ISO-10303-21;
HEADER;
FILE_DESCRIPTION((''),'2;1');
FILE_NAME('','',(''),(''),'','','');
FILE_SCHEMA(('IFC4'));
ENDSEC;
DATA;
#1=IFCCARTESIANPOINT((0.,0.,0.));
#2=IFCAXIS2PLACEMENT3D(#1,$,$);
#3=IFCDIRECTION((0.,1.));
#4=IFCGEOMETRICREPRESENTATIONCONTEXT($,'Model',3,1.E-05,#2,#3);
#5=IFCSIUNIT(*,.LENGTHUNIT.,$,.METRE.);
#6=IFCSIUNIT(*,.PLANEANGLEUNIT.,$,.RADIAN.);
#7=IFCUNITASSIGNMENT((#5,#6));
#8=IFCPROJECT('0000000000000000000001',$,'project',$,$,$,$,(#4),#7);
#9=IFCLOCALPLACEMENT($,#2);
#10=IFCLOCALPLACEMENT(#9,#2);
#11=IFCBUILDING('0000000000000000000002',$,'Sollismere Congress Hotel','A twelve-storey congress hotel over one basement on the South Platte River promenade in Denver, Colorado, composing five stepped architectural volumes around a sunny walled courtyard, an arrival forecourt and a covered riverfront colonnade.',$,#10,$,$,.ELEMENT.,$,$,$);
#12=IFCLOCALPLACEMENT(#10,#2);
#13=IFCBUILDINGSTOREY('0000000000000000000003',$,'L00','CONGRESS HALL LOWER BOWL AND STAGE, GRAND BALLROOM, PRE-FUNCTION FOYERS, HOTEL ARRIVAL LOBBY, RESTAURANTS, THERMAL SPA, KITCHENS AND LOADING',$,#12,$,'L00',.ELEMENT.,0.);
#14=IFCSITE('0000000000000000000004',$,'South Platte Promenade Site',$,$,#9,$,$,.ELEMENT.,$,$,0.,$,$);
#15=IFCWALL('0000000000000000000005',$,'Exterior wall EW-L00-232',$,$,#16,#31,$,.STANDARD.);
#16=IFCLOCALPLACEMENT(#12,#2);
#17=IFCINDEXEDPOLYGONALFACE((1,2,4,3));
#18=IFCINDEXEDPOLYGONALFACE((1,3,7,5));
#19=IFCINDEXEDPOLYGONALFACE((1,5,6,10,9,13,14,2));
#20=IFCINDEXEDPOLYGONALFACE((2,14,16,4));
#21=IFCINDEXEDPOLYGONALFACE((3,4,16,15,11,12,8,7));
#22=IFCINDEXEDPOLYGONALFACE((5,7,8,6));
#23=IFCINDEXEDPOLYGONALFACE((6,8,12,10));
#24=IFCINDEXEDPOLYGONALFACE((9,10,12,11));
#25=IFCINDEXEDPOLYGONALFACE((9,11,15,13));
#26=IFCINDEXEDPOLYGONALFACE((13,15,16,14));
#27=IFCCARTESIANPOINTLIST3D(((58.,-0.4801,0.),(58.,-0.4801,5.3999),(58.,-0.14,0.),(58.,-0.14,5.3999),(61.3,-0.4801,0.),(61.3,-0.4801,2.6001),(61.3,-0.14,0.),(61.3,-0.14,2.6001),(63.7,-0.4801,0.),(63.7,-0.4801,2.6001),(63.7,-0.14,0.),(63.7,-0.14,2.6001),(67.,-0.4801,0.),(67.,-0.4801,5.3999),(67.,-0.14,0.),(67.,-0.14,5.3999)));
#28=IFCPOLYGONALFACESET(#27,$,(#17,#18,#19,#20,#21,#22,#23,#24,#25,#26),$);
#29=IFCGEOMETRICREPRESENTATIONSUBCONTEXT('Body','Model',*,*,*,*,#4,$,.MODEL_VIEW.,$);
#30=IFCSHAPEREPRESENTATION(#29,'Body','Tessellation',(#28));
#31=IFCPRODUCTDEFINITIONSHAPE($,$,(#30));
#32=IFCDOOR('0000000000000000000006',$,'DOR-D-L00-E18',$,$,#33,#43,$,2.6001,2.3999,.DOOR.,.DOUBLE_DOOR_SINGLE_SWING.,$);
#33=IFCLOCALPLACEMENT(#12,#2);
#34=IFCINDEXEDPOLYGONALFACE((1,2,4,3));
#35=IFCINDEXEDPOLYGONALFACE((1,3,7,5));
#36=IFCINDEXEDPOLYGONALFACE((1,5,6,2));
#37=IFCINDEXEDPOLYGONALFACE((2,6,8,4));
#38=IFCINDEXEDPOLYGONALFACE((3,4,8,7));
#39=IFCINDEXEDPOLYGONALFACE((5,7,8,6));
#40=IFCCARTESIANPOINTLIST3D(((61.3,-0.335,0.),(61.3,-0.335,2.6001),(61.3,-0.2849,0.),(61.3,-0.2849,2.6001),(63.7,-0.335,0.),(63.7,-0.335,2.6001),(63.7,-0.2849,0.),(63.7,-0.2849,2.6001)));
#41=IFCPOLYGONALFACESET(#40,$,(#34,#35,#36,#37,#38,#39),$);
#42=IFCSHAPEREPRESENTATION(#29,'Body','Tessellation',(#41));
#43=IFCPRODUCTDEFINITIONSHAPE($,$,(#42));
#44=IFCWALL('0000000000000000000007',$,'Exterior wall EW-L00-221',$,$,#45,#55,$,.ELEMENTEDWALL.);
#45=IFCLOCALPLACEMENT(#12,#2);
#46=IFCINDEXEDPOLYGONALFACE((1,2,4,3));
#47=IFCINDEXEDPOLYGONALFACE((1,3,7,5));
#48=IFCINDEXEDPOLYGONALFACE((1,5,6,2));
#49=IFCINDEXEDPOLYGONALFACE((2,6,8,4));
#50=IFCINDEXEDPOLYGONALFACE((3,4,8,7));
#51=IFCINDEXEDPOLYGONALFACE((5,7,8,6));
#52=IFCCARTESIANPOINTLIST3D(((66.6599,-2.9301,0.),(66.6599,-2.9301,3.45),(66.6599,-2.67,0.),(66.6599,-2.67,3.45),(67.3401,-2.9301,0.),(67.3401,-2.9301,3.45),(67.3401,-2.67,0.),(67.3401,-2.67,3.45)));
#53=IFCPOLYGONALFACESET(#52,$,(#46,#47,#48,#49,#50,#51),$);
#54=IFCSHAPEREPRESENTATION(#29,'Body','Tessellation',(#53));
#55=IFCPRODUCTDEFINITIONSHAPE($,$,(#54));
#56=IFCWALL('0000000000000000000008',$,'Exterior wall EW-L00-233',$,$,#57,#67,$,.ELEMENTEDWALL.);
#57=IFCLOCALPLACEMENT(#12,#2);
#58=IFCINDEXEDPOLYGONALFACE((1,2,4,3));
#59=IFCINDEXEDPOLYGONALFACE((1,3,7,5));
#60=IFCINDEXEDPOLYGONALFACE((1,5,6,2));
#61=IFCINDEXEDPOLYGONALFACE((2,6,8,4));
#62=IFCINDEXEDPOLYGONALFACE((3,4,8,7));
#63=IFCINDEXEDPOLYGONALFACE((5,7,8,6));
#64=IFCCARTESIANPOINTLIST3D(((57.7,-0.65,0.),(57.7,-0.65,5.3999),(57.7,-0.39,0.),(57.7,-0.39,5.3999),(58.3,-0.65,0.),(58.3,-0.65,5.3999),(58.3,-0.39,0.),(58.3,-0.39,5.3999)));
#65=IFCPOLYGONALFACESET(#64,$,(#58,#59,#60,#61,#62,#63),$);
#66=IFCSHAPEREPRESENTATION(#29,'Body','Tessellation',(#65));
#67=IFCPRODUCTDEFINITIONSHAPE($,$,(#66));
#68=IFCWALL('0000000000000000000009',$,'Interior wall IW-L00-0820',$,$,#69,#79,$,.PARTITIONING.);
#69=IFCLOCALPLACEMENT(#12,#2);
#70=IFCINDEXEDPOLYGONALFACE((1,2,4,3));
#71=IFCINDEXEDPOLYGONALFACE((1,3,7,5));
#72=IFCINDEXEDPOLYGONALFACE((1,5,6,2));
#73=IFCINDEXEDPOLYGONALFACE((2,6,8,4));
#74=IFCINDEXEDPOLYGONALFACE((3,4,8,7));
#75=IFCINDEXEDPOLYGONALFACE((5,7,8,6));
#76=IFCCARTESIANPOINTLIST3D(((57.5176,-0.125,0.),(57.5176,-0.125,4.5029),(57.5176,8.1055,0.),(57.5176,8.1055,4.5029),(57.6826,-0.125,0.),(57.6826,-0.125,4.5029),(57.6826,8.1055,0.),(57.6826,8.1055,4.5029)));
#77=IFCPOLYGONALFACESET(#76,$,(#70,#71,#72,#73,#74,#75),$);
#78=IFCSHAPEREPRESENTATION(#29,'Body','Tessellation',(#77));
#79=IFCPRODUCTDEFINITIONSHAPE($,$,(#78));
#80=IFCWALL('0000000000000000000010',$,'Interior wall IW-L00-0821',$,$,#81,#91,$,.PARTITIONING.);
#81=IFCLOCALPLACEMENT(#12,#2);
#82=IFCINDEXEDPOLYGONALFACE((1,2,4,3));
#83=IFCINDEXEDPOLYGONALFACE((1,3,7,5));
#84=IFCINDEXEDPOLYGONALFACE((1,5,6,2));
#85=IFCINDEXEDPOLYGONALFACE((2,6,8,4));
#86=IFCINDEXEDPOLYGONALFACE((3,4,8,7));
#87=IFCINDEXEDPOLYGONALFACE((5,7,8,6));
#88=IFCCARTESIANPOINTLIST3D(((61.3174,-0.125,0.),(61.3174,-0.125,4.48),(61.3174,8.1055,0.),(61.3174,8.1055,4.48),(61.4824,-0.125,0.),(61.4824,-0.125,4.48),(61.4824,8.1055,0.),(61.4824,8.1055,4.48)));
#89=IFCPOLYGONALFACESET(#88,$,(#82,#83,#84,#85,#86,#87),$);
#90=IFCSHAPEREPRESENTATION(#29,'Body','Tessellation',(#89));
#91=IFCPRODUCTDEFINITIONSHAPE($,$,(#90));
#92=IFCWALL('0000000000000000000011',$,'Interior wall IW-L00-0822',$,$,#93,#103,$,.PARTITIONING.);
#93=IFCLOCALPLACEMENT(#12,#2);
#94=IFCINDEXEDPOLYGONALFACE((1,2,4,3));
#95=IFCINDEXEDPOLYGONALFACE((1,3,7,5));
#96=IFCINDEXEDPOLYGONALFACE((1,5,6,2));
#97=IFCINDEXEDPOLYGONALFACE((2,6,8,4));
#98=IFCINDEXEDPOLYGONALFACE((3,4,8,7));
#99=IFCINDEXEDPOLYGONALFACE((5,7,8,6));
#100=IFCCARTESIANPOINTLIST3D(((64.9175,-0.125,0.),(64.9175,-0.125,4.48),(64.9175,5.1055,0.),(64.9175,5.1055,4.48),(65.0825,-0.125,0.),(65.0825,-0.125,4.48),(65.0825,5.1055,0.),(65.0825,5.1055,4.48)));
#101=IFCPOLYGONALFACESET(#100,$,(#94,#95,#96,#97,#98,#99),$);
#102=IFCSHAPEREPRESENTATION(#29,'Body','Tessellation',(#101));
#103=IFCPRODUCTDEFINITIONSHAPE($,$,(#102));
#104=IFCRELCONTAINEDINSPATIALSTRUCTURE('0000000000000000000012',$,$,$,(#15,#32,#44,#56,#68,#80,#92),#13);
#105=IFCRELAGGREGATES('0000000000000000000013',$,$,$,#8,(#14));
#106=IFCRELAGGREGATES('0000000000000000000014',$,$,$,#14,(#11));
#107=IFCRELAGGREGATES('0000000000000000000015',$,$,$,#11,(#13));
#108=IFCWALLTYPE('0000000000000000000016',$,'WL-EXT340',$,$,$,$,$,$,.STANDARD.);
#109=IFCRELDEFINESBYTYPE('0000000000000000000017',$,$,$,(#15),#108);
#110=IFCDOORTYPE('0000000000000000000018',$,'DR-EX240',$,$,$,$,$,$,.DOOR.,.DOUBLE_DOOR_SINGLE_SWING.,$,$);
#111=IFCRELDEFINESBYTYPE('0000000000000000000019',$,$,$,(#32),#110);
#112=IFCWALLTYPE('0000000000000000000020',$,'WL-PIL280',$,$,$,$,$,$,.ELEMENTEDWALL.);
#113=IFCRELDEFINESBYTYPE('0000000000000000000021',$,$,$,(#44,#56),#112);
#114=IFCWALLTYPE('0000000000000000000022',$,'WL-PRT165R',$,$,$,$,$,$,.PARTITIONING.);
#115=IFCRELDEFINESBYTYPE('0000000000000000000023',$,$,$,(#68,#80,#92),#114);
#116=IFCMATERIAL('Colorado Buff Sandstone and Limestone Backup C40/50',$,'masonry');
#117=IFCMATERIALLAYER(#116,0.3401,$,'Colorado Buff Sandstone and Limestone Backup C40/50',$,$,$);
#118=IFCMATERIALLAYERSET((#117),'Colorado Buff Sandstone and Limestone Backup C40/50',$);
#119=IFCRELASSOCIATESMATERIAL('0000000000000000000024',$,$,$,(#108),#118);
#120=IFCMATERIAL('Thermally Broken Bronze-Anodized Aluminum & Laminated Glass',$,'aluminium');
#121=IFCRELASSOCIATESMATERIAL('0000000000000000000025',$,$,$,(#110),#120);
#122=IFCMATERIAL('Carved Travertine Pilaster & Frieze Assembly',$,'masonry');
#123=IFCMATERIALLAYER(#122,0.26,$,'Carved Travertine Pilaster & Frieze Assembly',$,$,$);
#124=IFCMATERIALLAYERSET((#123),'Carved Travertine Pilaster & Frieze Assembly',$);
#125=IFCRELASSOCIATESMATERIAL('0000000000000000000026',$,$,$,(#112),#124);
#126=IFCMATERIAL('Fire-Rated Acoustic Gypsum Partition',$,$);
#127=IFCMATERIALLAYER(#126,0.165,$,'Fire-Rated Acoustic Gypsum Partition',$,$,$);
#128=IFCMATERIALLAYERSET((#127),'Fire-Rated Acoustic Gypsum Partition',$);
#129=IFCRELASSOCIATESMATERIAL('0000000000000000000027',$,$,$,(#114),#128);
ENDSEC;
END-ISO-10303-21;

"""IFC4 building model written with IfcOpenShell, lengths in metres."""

from ifc_helpers import new_model, si_unit, direction, frame, frame_2d, origin, place, context, subcontext, project, spatial, rectangle, extrude, material, layer, layer_set, type_object, element, fill, save


model = new_model("IFC4")

# Units and contexts
model_context = context("Model", 3, precision=1e-05, world=origin(), true_north=direction((0.0, 1.0)))
body_context = subcontext(model_context, "Body", "Model", "MODEL_VIEW")
ifc_project = project(units=[si_unit("LENGTHUNIT", "METRE"), si_unit("PLANEANGLEUNIT", "RADIAN")], contexts=[model_context])

# Site, building, storey
site_placement = place(None, origin())
site = spatial("IfcSite", under=ifc_project, at=site_placement, Name="South Platte Promenade Site", CompositionType="ELEMENT", RefElevation=0.0)
building_placement = place(site_placement, origin())
building = spatial("IfcBuilding", under=site, at=building_placement, Name="Sollismere Congress Hotel", Description="A twelve-storey congress hotel over one basement on the South Platte River promenade in Denver, Colorado, composing five stepped architectural volumes around a sunny walled courtyard, an arrival forecourt and a covered riverfront colonnade.", CompositionType="ELEMENT")
storey_placement = place(building_placement, origin())
storey = spatial("IfcBuildingStorey", under=building, at=storey_placement, Name="L00", Description="CONGRESS HALL LOWER BOWL AND STAGE, GRAND BALLROOM, PRE-FUNCTION FOYERS, HOTEL ARRIVAL LOBBY, RESTAURANTS, THERMAL SPA, KITCHENS AND LOADING", LongName="L00", CompositionType="ELEMENT", Elevation=0.0)

# Wall, opening, door
ifc_material_1 = material(Name="Colorado Buff Sandstone and Limestone Backup C40/50", Category="masonry")
ifc_layer_1 = layer(ifc_material_1, 0.3401, Name="Colorado Buff Sandstone and Limestone Backup C40/50")
ifc_layer_set_1 = layer_set([ifc_layer_1], Name="Colorado Buff Sandstone and Limestone Backup C40/50")
wall_type_1 = type_object("IfcWallType", Name="WL-EXT340", PredefinedType="STANDARD", material=ifc_layer_set_1)
wall_1_placement = place(storey_placement, frame((58.0, -0.3101, 0.0), z_axis=(0.0, 0.0, 1.0), x_axis=(1.0, 0.0, 0.0)))
wall_1 = element("IfcWall", 1, at=wall_1_placement, inside=storey, type_object=wall_type_1, Name="Exterior wall EW-L00-232", PredefinedType="STANDARD", context=body_context, shape_type="SweptSolid", body=[
    extrude(rectangle(XDim=9.0, YDim=0.3401, at=frame_2d((4.5, 0.0))), origin(), (0.0, 0.0, 1.0), 5.3999),
])
opening_placement = place(wall_1_placement, frame((3.3, 0.0, 0.0)))
opening = element("IfcOpeningElement", 2, at=opening_placement, cuts=wall_1, PredefinedType="OPENING", context=body_context, shape_type="SweptSolid", body=[
    extrude(rectangle(XDim=2.3999, YDim=2.6001, at=frame_2d((1.2, 1.3))), frame((0.0, 0.1799, 0.0), z_axis=(0.0, -1.0, 0.0), x_axis=(1.0, 0.0, 0.0)), (0.0, 0.0, 1.0), 0.3601),
])
ifc_material_2 = material(Name="Thermally Broken Bronze-Anodized Aluminum & Laminated Glass", Category="aluminium")
door_type = type_object("IfcDoorType", Name="DR-EX240", OperationType="DOUBLE_DOOR_SINGLE_SWING", PredefinedType="DOOR", material=ifc_material_2)
door_placement = place(opening_placement, frame((2.3999, 0.0, 0.0), z_axis=(0.0, 0.0, 1.0), x_axis=(-1.0, 0.0, 0.0)))
door = element("IfcDoor", 3, at=door_placement, inside=storey, type_object=door_type, Name="DOR-D-L00-E18", OperationType="DOUBLE_DOOR_SINGLE_SWING", OverallHeight=2.6001, OverallWidth=2.3999, PredefinedType="DOOR", context=body_context, shape_type="SweptSolid", body=[
    extrude(rectangle(XDim=2.3999, YDim=2.6001, at=frame_2d((1.2, 1.3))), frame((0.0, 0.0249, 0.0), z_axis=(0.0, -1.0, 0.0), x_axis=(1.0, 0.0, 0.0)), (0.0, 0.0, 1.0), 0.05),
])
fill(opening, door)

# Walls
ifc_material_3 = material(Name="Carved Travertine Pilaster & Frieze Assembly", Category="masonry")
ifc_layer_2 = layer(ifc_material_3, 0.26, Name="Carved Travertine Pilaster & Frieze Assembly")
ifc_layer_set_2 = layer_set([ifc_layer_2], Name="Carved Travertine Pilaster & Frieze Assembly")
wall_type_2 = type_object("IfcWallType", Name="WL-PIL280", PredefinedType="ELEMENTEDWALL", material=ifc_layer_set_2)
wall_2_placement = place(storey_placement, frame((66.6599, -2.8, 0.0), z_axis=(0.0, 0.0, 1.0), x_axis=(1.0, 0.0, 0.0)))
element("IfcWall", 4, at=wall_2_placement, inside=storey, type_object=wall_type_2, Name="Exterior wall EW-L00-221", PredefinedType="ELEMENTEDWALL", context=body_context, shape_type="SweptSolid", body=[
    extrude(rectangle(XDim=0.6802, YDim=0.26, at=frame_2d((0.3401, 0.0))), origin(), (0.0, 0.0, 1.0), 3.45),
])
wall_3_placement = place(storey_placement, frame((57.7, -0.52, 0.0), z_axis=(0.0, 0.0, 1.0), x_axis=(1.0, 0.0, 0.0)))
element("IfcWall", 5, at=wall_3_placement, inside=storey, type_object=wall_type_2, Name="Exterior wall EW-L00-233", PredefinedType="ELEMENTEDWALL", context=body_context, shape_type="SweptSolid", body=[
    extrude(rectangle(XDim=0.6001, YDim=0.26, at=frame_2d((0.3, 0.0))), origin(), (0.0, 0.0, 1.0), 5.3999),
])
ifc_material_4 = material(Name="Fire-Rated Acoustic Gypsum Partition")
ifc_layer_3 = layer(ifc_material_4, 0.165, Name="Fire-Rated Acoustic Gypsum Partition")
ifc_layer_set_3 = layer_set([ifc_layer_3], Name="Fire-Rated Acoustic Gypsum Partition")
wall_type_3 = type_object("IfcWallType", Name="WL-PRT165R", PredefinedType="PARTITIONING", material=ifc_layer_set_3)
wall_4_placement = place(storey_placement, frame((57.6001, -0.125, 0.0), z_axis=(0.0, 0.0, 1.0), x_axis=(0.0, 1.0, 0.0)))
element("IfcWall", 6, at=wall_4_placement, inside=storey, type_object=wall_type_3, Name="Interior wall IW-L00-0820", PredefinedType="PARTITIONING", context=body_context, shape_type="SweptSolid", body=[
    extrude(rectangle(XDim=8.2305, YDim=0.165, at=frame_2d((4.1152, 0.0))), origin(), (0.0, 0.0, 1.0), 4.5029),
])
wall_5_placement = place(storey_placement, frame((61.3999, -0.125, 0.0), z_axis=(0.0, 0.0, 1.0), x_axis=(0.0, 1.0, 0.0)))
element("IfcWall", 7, at=wall_5_placement, inside=storey, type_object=wall_type_3, Name="Interior wall IW-L00-0821", PredefinedType="PARTITIONING", context=body_context, shape_type="SweptSolid", body=[
    extrude(rectangle(XDim=8.2305, YDim=0.165, at=frame_2d((4.1152, 0.0))), origin(), (0.0, 0.0, 1.0), 4.48),
])
wall_6_placement = place(storey_placement, frame((65.0, -0.125, 0.0), z_axis=(0.0, 0.0, 1.0), x_axis=(0.0, 1.0, 0.0)))
element("IfcWall", 8, at=wall_6_placement, inside=storey, type_object=wall_type_3, Name="Interior wall IW-L00-0822", PredefinedType="PARTITIONING", context=body_context, shape_type="SweptSolid", body=[
    extrude(rectangle(XDim=5.2305, YDim=0.165, at=frame_2d((2.6152, 0.0))), origin(), (0.0, 0.0, 1.0), 4.48),
])

save(model, "model.ifc")
